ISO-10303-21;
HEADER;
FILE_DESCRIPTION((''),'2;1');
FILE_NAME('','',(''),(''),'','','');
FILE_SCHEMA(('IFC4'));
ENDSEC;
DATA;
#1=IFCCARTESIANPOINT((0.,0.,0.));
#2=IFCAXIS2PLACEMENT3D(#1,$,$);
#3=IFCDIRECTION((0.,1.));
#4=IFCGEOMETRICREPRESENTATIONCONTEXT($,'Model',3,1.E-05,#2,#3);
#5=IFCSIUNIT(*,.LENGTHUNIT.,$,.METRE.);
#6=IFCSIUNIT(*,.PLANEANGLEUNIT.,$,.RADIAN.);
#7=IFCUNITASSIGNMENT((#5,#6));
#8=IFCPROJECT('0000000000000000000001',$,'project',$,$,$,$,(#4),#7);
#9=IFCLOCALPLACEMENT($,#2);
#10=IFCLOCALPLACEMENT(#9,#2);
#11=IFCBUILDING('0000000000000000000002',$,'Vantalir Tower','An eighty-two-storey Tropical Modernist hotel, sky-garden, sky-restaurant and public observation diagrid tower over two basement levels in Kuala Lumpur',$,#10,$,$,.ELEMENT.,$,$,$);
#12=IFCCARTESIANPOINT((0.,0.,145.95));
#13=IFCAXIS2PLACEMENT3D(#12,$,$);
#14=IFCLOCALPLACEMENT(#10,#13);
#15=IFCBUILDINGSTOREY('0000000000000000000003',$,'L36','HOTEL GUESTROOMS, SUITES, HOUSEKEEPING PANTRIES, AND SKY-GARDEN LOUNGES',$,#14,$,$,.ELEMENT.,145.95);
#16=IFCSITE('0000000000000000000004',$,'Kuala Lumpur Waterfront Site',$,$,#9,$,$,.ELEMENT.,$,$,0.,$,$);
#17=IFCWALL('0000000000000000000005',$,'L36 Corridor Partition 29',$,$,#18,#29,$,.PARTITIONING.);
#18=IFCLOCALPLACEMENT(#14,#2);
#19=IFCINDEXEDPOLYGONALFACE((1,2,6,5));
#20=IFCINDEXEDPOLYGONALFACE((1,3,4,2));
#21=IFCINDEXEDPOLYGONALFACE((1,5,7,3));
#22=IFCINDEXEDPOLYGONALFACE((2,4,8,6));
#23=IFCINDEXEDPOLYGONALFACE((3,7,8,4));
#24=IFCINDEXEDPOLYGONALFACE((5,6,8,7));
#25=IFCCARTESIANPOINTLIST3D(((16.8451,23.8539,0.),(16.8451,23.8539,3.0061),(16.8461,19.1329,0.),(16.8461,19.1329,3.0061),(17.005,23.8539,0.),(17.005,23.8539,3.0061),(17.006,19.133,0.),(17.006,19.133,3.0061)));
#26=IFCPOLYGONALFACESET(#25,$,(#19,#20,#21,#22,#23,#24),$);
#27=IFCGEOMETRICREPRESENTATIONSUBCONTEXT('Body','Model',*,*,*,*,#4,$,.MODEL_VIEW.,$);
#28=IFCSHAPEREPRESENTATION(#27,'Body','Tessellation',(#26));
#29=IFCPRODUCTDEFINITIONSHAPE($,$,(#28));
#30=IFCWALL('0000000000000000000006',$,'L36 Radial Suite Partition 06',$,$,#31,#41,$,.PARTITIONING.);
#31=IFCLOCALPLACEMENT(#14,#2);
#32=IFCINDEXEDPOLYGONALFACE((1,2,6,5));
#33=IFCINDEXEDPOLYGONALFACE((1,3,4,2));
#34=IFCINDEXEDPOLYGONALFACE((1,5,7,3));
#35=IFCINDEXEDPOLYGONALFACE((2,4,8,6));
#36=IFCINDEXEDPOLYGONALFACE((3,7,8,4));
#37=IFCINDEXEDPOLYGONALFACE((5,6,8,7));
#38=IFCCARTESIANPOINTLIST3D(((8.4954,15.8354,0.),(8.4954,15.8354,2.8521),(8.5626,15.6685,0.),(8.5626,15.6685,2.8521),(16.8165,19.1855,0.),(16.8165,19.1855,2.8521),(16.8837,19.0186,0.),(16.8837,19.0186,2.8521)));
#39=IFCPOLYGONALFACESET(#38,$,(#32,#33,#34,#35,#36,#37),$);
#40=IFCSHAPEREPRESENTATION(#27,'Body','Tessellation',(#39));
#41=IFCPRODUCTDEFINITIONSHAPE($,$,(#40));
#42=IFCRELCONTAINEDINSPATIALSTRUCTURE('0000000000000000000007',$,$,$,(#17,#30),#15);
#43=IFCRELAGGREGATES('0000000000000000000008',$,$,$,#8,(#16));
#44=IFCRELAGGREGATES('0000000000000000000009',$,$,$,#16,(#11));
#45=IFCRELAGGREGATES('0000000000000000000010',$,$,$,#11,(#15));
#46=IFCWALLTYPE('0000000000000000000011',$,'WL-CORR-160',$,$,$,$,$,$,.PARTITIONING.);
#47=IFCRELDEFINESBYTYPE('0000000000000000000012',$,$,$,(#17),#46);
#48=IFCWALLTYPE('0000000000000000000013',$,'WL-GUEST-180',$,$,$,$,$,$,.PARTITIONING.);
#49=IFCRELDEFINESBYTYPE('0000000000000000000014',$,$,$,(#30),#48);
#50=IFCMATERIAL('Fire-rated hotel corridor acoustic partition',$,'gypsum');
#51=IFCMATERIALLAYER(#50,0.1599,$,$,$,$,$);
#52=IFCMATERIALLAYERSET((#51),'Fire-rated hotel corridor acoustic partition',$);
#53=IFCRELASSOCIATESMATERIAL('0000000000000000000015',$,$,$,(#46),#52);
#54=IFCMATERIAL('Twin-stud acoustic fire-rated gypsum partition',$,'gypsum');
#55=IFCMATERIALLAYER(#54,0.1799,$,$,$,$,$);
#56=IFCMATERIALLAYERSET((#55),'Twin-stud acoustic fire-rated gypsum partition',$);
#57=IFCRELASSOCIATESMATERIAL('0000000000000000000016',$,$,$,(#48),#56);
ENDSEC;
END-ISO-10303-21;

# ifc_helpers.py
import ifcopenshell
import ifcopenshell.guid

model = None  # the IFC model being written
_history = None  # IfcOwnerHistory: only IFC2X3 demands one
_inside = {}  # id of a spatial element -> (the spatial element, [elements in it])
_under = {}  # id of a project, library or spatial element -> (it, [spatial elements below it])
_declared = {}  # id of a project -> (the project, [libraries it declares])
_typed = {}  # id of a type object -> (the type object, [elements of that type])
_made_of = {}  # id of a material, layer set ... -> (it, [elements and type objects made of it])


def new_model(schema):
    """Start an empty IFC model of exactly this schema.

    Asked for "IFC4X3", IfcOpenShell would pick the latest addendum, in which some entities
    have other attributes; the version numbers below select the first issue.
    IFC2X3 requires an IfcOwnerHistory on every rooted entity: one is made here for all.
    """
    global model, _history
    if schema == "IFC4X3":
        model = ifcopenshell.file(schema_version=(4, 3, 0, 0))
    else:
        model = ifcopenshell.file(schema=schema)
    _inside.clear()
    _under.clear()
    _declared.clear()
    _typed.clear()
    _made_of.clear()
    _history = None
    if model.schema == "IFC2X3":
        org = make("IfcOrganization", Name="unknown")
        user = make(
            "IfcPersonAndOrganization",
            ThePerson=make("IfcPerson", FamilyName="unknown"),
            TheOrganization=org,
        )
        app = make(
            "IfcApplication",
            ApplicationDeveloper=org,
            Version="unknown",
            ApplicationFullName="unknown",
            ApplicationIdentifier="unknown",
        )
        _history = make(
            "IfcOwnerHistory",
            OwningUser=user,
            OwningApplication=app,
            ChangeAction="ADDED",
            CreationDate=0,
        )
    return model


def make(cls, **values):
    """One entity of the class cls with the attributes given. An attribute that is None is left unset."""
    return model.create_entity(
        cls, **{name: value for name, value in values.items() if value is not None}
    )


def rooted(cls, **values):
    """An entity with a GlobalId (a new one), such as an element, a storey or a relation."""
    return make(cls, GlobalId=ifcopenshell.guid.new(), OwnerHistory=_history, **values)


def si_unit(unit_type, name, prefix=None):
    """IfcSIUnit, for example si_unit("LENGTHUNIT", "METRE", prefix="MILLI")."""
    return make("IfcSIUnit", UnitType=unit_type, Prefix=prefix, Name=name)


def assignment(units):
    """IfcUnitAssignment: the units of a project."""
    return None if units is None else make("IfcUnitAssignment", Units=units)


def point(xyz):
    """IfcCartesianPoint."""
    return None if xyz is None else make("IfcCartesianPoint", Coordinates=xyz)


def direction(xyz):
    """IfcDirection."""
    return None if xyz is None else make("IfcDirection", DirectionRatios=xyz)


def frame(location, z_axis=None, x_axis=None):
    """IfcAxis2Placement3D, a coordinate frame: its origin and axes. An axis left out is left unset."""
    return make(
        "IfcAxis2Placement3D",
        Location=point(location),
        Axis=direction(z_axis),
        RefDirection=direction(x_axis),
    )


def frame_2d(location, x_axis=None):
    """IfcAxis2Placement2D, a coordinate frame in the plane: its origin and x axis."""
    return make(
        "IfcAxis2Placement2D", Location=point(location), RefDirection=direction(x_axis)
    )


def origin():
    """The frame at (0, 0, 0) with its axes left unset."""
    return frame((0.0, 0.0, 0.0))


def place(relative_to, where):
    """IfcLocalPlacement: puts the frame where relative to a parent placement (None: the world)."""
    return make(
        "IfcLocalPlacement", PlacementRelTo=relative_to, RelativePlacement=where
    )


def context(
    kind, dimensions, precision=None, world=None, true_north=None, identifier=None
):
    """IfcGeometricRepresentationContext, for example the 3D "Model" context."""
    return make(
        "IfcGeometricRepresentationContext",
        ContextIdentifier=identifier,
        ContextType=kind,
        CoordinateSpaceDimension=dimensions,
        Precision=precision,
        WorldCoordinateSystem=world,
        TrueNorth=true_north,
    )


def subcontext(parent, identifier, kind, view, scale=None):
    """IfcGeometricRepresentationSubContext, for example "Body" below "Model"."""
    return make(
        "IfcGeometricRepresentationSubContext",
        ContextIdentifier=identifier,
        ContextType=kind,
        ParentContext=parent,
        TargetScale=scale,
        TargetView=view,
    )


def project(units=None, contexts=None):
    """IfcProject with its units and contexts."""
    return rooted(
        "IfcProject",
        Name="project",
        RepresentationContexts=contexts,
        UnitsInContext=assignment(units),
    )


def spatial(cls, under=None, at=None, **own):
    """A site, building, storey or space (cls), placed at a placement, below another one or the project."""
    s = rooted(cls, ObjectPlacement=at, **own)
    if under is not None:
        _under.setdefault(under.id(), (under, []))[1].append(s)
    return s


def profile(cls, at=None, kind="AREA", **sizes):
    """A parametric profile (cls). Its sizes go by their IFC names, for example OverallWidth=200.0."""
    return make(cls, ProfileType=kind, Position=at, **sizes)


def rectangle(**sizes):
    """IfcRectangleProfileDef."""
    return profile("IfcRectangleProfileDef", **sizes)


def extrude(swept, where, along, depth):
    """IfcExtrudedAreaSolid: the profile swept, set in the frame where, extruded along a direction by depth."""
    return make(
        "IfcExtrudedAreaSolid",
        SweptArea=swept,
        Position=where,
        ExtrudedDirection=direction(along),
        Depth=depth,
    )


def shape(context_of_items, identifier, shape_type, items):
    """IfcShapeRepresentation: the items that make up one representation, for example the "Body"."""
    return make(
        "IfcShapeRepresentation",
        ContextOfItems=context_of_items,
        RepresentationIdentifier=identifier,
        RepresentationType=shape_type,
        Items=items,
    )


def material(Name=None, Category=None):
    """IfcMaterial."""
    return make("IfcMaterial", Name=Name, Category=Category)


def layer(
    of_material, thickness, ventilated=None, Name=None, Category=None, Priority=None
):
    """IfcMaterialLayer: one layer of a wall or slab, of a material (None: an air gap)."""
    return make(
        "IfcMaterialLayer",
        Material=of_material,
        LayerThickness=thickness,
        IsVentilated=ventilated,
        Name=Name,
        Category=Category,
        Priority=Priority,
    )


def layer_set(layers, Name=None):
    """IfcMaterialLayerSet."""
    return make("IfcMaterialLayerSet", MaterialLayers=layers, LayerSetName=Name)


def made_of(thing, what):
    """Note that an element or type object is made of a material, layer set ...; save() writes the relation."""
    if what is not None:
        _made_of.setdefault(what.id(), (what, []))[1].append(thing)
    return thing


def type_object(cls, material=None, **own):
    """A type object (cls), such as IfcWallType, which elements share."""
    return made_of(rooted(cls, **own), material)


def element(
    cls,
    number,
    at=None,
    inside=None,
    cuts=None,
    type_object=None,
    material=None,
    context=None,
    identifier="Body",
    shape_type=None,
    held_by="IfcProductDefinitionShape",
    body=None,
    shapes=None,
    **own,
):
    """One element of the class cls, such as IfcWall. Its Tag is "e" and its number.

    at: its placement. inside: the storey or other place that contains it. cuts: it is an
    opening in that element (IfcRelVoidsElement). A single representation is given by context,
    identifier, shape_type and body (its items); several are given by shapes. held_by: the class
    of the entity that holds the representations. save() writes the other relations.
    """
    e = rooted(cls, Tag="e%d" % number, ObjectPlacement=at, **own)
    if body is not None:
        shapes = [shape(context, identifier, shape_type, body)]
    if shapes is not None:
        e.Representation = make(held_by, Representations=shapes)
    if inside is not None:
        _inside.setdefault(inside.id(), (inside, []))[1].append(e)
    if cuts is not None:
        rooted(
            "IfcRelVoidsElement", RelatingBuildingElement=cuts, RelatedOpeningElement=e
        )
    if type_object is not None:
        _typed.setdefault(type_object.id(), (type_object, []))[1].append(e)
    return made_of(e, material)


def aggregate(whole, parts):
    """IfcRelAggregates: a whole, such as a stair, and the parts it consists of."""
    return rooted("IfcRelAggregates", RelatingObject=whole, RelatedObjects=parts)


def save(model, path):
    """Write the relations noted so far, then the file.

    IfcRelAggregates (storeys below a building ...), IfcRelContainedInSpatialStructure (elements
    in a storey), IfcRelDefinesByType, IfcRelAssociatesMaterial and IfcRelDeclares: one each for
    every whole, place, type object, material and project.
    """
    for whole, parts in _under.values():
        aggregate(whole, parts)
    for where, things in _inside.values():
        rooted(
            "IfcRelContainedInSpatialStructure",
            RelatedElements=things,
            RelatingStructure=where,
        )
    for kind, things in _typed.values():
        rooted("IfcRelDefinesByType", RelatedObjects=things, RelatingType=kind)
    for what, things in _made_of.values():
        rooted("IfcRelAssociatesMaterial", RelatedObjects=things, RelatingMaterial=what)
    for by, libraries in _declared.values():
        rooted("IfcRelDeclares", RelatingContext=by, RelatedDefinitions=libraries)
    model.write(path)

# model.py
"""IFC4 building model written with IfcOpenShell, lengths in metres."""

from ifc_helpers import new_model, si_unit, direction, frame, frame_2d, origin, place, context, subcontext, project, spatial, rectangle, extrude, material, layer, layer_set, type_object, element, save


model = new_model("IFC4")

# Units and contexts
model_context = context("Model", 3, precision=1e-05, world=origin(), true_north=direction((0.0, 1.0)))
body_context = subcontext(model_context, "Body", "Model", "MODEL_VIEW")
ifc_project = project(units=[si_unit("LENGTHUNIT", "METRE"), si_unit("PLANEANGLEUNIT", "RADIAN")], contexts=[model_context])

# Site, building, storey
site_placement = place(None, origin())
site = spatial("IfcSite", under=ifc_project, at=site_placement, Name="Kuala Lumpur Waterfront Site", CompositionType="ELEMENT", RefElevation=0.0)
building_placement = place(site_placement, origin())
building = spatial("IfcBuilding", under=site, at=building_placement, Name="Vantalir Tower", Description="An eighty-two-storey Tropical Modernist hotel, sky-garden, sky-restaurant and public observation diagrid tower over two basement levels in Kuala Lumpur", CompositionType="ELEMENT")
storey_placement = place(building_placement, frame((0.0, 0.0, 145.95)))
storey = spatial("IfcBuildingStorey", under=building, at=storey_placement, Name="L36", Description="HOTEL GUESTROOMS, SUITES, HOUSEKEEPING PANTRIES, AND SKY-GARDEN LOUNGES", CompositionType="ELEMENT", Elevation=145.95)

# Walls
ifc_material_1 = material(Name="Fire-rated hotel corridor acoustic partition", Category="gypsum")
ifc_layer_1 = layer(ifc_material_1, 0.1599)
ifc_layer_set_1 = layer_set([ifc_layer_1], Name="Fire-rated hotel corridor acoustic partition")
wall_type_1 = type_object("IfcWallType", Name="WL-CORR-160", PredefinedType="PARTITIONING", material=ifc_layer_set_1)
wall_1_placement = place(storey_placement, frame((16.926, 19.1331, 0.0), z_axis=(0.0, 0.0, 1.0), x_axis=(-0.000207, 1.0, 0.0)))
element("IfcWall", 1, at=wall_1_placement, inside=storey, type_object=wall_type_1, Name="L36 Corridor Partition 29", PredefinedType="PARTITIONING", context=body_context, shape_type="SweptSolid", body=[
    extrude(rectangle(XDim=4.7209, YDim=0.1599, at=frame_2d((2.3604, 0.0))), origin(), (0.0, 0.0, 1.0), 3.0061),
])
ifc_material_2 = material(Name="Twin-stud acoustic fire-rated gypsum partition", Category="gypsum")
ifc_layer_2 = layer(ifc_material_2, 0.1799)
ifc_layer_set_2 = layer_set([ifc_layer_2], Name="Twin-stud acoustic fire-rated gypsum partition")
wall_type_2 = type_object("IfcWallType", Name="WL-GUEST-180", PredefinedType="PARTITIONING", material=ifc_layer_set_2)
wall_2_placement = place(storey_placement, frame((16.8501, 19.1021, 0.0), z_axis=(0.0, 0.0, 1.0), x_axis=(-0.927641, -0.373473, 0.0)))
element("IfcWall", 2, at=wall_2_placement, inside=storey, type_object=wall_type_2, Name="L36 Radial Suite Partition 06", PredefinedType="PARTITIONING", context=body_context, shape_type="SweptSolid", body=[
    extrude(rectangle(XDim=8.9702, YDim=0.1799, at=frame_2d((4.4851, 0.0))), origin(), (0.0, 0.0, 1.0), 2.8521),
])

save(model, "model.ifc")
